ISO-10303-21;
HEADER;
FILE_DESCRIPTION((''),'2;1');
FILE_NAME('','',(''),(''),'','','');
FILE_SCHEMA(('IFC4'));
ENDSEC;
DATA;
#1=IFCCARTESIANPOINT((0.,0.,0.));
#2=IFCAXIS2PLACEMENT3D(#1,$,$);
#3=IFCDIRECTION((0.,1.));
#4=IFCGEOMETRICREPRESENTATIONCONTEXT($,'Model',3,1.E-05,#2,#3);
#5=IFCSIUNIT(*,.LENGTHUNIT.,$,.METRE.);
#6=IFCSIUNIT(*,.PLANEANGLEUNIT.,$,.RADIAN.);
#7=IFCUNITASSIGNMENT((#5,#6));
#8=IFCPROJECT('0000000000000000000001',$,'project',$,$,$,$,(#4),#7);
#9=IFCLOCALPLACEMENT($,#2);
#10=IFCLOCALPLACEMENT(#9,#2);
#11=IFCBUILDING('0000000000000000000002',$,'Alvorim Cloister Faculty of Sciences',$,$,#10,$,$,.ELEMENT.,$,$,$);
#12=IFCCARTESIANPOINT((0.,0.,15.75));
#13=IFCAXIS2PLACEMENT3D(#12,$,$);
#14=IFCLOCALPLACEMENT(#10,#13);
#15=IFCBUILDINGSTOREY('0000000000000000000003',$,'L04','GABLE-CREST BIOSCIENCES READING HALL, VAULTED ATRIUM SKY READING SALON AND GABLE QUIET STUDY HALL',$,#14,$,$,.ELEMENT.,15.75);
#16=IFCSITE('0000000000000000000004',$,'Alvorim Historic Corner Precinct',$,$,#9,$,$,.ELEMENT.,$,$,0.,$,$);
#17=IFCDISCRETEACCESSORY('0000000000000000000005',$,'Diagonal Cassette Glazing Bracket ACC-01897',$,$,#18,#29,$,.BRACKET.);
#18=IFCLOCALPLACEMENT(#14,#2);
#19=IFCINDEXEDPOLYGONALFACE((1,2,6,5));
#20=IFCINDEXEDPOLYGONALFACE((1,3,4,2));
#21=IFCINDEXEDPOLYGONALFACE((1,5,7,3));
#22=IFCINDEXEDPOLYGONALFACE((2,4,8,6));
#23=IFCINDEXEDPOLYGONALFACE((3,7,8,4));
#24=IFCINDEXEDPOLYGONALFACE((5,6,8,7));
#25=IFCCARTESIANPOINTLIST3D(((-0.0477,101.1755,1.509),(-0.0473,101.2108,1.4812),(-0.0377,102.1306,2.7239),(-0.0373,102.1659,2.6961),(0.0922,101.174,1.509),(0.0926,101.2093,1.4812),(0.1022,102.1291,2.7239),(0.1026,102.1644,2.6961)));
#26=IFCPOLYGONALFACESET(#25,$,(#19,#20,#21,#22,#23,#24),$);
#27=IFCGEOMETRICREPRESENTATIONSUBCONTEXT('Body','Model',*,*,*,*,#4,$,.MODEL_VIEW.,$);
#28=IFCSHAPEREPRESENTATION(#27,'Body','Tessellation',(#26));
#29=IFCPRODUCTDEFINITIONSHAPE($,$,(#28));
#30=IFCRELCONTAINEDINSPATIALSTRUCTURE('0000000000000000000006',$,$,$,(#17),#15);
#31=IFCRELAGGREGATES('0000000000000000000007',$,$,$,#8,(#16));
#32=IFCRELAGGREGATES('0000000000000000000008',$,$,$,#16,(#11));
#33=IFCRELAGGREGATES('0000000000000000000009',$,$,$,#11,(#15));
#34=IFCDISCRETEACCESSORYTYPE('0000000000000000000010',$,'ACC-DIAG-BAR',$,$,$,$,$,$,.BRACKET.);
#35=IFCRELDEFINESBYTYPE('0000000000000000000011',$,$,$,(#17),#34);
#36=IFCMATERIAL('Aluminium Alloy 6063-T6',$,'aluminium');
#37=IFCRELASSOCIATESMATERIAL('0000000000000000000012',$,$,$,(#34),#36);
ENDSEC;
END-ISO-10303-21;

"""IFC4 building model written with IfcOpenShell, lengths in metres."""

from ifc_helpers import new_model, si_unit, direction, frame, origin, origin_2d, place, context, subcontext, project, spatial, rectangle, extrude, material, type_object, element, save


model = new_model("IFC4")

# Units and contexts
model_context = context("Model", 3, precision=1e-05, world=origin(), true_north=direction((0.0, 1.0)))
body_context = subcontext(model_context, "Body", "Model", "MODEL_VIEW")
ifc_project = project(units=[si_unit("LENGTHUNIT", "METRE"), si_unit("PLANEANGLEUNIT", "RADIAN")], contexts=[model_context])

# Site, building, storey
site_placement = place(None, origin())
site = spatial("IfcSite", under=ifc_project, at=site_placement, Name="Alvorim Historic Corner Precinct", CompositionType="ELEMENT", RefElevation=0.0)
building_placement = place(site_placement, origin())
building = spatial("IfcBuilding", under=site, at=building_placement, Name="Alvorim Cloister Faculty of Sciences", CompositionType="ELEMENT")
storey_placement = place(building_placement, frame((0.0, 0.0, 15.75)))
storey = spatial("IfcBuildingStorey", under=building, at=storey_placement, Name="L04", Description="GABLE-CREST BIOSCIENCES READING HALL, VAULTED ATRIUM SKY READING SALON AND GABLE QUIET STUDY HALL", CompositionType="ELEMENT", Elevation=15.75)

# Shared definitions
ifc_material_1 = material(Name="Aluminium Alloy 6063-T6", Category="aluminium")

# Discrete accessory
discrete_accessory_type = type_object("IfcDiscreteAccessoryType", Name="ACC-DIAG-BAR", PredefinedType="BRACKET", material=ifc_material_1)
discrete_accessory_1_placement = place(storey_placement, frame((0.0225, 101.1924, 1.4951), z_axis=(0.006477, 0.618032, 0.786126), x_axis=(-0.999945, 0.01048, 0.0)))
element("IfcDiscreteAccessory", 1, at=discrete_accessory_1_placement, inside=storey, type_object=discrete_accessory_type, Name="Diagonal Cassette Glazing Bracket ACC-01897", PredefinedType="BRACKET", context=body_context, shape_type="SweptSolid", body=[
    extrude(rectangle(XDim=0.1399, YDim=0.0449, at=origin_2d()), origin(), (0.0, 0.0, 1.0), 1.5454),
])

save(model, "model.ifc")
